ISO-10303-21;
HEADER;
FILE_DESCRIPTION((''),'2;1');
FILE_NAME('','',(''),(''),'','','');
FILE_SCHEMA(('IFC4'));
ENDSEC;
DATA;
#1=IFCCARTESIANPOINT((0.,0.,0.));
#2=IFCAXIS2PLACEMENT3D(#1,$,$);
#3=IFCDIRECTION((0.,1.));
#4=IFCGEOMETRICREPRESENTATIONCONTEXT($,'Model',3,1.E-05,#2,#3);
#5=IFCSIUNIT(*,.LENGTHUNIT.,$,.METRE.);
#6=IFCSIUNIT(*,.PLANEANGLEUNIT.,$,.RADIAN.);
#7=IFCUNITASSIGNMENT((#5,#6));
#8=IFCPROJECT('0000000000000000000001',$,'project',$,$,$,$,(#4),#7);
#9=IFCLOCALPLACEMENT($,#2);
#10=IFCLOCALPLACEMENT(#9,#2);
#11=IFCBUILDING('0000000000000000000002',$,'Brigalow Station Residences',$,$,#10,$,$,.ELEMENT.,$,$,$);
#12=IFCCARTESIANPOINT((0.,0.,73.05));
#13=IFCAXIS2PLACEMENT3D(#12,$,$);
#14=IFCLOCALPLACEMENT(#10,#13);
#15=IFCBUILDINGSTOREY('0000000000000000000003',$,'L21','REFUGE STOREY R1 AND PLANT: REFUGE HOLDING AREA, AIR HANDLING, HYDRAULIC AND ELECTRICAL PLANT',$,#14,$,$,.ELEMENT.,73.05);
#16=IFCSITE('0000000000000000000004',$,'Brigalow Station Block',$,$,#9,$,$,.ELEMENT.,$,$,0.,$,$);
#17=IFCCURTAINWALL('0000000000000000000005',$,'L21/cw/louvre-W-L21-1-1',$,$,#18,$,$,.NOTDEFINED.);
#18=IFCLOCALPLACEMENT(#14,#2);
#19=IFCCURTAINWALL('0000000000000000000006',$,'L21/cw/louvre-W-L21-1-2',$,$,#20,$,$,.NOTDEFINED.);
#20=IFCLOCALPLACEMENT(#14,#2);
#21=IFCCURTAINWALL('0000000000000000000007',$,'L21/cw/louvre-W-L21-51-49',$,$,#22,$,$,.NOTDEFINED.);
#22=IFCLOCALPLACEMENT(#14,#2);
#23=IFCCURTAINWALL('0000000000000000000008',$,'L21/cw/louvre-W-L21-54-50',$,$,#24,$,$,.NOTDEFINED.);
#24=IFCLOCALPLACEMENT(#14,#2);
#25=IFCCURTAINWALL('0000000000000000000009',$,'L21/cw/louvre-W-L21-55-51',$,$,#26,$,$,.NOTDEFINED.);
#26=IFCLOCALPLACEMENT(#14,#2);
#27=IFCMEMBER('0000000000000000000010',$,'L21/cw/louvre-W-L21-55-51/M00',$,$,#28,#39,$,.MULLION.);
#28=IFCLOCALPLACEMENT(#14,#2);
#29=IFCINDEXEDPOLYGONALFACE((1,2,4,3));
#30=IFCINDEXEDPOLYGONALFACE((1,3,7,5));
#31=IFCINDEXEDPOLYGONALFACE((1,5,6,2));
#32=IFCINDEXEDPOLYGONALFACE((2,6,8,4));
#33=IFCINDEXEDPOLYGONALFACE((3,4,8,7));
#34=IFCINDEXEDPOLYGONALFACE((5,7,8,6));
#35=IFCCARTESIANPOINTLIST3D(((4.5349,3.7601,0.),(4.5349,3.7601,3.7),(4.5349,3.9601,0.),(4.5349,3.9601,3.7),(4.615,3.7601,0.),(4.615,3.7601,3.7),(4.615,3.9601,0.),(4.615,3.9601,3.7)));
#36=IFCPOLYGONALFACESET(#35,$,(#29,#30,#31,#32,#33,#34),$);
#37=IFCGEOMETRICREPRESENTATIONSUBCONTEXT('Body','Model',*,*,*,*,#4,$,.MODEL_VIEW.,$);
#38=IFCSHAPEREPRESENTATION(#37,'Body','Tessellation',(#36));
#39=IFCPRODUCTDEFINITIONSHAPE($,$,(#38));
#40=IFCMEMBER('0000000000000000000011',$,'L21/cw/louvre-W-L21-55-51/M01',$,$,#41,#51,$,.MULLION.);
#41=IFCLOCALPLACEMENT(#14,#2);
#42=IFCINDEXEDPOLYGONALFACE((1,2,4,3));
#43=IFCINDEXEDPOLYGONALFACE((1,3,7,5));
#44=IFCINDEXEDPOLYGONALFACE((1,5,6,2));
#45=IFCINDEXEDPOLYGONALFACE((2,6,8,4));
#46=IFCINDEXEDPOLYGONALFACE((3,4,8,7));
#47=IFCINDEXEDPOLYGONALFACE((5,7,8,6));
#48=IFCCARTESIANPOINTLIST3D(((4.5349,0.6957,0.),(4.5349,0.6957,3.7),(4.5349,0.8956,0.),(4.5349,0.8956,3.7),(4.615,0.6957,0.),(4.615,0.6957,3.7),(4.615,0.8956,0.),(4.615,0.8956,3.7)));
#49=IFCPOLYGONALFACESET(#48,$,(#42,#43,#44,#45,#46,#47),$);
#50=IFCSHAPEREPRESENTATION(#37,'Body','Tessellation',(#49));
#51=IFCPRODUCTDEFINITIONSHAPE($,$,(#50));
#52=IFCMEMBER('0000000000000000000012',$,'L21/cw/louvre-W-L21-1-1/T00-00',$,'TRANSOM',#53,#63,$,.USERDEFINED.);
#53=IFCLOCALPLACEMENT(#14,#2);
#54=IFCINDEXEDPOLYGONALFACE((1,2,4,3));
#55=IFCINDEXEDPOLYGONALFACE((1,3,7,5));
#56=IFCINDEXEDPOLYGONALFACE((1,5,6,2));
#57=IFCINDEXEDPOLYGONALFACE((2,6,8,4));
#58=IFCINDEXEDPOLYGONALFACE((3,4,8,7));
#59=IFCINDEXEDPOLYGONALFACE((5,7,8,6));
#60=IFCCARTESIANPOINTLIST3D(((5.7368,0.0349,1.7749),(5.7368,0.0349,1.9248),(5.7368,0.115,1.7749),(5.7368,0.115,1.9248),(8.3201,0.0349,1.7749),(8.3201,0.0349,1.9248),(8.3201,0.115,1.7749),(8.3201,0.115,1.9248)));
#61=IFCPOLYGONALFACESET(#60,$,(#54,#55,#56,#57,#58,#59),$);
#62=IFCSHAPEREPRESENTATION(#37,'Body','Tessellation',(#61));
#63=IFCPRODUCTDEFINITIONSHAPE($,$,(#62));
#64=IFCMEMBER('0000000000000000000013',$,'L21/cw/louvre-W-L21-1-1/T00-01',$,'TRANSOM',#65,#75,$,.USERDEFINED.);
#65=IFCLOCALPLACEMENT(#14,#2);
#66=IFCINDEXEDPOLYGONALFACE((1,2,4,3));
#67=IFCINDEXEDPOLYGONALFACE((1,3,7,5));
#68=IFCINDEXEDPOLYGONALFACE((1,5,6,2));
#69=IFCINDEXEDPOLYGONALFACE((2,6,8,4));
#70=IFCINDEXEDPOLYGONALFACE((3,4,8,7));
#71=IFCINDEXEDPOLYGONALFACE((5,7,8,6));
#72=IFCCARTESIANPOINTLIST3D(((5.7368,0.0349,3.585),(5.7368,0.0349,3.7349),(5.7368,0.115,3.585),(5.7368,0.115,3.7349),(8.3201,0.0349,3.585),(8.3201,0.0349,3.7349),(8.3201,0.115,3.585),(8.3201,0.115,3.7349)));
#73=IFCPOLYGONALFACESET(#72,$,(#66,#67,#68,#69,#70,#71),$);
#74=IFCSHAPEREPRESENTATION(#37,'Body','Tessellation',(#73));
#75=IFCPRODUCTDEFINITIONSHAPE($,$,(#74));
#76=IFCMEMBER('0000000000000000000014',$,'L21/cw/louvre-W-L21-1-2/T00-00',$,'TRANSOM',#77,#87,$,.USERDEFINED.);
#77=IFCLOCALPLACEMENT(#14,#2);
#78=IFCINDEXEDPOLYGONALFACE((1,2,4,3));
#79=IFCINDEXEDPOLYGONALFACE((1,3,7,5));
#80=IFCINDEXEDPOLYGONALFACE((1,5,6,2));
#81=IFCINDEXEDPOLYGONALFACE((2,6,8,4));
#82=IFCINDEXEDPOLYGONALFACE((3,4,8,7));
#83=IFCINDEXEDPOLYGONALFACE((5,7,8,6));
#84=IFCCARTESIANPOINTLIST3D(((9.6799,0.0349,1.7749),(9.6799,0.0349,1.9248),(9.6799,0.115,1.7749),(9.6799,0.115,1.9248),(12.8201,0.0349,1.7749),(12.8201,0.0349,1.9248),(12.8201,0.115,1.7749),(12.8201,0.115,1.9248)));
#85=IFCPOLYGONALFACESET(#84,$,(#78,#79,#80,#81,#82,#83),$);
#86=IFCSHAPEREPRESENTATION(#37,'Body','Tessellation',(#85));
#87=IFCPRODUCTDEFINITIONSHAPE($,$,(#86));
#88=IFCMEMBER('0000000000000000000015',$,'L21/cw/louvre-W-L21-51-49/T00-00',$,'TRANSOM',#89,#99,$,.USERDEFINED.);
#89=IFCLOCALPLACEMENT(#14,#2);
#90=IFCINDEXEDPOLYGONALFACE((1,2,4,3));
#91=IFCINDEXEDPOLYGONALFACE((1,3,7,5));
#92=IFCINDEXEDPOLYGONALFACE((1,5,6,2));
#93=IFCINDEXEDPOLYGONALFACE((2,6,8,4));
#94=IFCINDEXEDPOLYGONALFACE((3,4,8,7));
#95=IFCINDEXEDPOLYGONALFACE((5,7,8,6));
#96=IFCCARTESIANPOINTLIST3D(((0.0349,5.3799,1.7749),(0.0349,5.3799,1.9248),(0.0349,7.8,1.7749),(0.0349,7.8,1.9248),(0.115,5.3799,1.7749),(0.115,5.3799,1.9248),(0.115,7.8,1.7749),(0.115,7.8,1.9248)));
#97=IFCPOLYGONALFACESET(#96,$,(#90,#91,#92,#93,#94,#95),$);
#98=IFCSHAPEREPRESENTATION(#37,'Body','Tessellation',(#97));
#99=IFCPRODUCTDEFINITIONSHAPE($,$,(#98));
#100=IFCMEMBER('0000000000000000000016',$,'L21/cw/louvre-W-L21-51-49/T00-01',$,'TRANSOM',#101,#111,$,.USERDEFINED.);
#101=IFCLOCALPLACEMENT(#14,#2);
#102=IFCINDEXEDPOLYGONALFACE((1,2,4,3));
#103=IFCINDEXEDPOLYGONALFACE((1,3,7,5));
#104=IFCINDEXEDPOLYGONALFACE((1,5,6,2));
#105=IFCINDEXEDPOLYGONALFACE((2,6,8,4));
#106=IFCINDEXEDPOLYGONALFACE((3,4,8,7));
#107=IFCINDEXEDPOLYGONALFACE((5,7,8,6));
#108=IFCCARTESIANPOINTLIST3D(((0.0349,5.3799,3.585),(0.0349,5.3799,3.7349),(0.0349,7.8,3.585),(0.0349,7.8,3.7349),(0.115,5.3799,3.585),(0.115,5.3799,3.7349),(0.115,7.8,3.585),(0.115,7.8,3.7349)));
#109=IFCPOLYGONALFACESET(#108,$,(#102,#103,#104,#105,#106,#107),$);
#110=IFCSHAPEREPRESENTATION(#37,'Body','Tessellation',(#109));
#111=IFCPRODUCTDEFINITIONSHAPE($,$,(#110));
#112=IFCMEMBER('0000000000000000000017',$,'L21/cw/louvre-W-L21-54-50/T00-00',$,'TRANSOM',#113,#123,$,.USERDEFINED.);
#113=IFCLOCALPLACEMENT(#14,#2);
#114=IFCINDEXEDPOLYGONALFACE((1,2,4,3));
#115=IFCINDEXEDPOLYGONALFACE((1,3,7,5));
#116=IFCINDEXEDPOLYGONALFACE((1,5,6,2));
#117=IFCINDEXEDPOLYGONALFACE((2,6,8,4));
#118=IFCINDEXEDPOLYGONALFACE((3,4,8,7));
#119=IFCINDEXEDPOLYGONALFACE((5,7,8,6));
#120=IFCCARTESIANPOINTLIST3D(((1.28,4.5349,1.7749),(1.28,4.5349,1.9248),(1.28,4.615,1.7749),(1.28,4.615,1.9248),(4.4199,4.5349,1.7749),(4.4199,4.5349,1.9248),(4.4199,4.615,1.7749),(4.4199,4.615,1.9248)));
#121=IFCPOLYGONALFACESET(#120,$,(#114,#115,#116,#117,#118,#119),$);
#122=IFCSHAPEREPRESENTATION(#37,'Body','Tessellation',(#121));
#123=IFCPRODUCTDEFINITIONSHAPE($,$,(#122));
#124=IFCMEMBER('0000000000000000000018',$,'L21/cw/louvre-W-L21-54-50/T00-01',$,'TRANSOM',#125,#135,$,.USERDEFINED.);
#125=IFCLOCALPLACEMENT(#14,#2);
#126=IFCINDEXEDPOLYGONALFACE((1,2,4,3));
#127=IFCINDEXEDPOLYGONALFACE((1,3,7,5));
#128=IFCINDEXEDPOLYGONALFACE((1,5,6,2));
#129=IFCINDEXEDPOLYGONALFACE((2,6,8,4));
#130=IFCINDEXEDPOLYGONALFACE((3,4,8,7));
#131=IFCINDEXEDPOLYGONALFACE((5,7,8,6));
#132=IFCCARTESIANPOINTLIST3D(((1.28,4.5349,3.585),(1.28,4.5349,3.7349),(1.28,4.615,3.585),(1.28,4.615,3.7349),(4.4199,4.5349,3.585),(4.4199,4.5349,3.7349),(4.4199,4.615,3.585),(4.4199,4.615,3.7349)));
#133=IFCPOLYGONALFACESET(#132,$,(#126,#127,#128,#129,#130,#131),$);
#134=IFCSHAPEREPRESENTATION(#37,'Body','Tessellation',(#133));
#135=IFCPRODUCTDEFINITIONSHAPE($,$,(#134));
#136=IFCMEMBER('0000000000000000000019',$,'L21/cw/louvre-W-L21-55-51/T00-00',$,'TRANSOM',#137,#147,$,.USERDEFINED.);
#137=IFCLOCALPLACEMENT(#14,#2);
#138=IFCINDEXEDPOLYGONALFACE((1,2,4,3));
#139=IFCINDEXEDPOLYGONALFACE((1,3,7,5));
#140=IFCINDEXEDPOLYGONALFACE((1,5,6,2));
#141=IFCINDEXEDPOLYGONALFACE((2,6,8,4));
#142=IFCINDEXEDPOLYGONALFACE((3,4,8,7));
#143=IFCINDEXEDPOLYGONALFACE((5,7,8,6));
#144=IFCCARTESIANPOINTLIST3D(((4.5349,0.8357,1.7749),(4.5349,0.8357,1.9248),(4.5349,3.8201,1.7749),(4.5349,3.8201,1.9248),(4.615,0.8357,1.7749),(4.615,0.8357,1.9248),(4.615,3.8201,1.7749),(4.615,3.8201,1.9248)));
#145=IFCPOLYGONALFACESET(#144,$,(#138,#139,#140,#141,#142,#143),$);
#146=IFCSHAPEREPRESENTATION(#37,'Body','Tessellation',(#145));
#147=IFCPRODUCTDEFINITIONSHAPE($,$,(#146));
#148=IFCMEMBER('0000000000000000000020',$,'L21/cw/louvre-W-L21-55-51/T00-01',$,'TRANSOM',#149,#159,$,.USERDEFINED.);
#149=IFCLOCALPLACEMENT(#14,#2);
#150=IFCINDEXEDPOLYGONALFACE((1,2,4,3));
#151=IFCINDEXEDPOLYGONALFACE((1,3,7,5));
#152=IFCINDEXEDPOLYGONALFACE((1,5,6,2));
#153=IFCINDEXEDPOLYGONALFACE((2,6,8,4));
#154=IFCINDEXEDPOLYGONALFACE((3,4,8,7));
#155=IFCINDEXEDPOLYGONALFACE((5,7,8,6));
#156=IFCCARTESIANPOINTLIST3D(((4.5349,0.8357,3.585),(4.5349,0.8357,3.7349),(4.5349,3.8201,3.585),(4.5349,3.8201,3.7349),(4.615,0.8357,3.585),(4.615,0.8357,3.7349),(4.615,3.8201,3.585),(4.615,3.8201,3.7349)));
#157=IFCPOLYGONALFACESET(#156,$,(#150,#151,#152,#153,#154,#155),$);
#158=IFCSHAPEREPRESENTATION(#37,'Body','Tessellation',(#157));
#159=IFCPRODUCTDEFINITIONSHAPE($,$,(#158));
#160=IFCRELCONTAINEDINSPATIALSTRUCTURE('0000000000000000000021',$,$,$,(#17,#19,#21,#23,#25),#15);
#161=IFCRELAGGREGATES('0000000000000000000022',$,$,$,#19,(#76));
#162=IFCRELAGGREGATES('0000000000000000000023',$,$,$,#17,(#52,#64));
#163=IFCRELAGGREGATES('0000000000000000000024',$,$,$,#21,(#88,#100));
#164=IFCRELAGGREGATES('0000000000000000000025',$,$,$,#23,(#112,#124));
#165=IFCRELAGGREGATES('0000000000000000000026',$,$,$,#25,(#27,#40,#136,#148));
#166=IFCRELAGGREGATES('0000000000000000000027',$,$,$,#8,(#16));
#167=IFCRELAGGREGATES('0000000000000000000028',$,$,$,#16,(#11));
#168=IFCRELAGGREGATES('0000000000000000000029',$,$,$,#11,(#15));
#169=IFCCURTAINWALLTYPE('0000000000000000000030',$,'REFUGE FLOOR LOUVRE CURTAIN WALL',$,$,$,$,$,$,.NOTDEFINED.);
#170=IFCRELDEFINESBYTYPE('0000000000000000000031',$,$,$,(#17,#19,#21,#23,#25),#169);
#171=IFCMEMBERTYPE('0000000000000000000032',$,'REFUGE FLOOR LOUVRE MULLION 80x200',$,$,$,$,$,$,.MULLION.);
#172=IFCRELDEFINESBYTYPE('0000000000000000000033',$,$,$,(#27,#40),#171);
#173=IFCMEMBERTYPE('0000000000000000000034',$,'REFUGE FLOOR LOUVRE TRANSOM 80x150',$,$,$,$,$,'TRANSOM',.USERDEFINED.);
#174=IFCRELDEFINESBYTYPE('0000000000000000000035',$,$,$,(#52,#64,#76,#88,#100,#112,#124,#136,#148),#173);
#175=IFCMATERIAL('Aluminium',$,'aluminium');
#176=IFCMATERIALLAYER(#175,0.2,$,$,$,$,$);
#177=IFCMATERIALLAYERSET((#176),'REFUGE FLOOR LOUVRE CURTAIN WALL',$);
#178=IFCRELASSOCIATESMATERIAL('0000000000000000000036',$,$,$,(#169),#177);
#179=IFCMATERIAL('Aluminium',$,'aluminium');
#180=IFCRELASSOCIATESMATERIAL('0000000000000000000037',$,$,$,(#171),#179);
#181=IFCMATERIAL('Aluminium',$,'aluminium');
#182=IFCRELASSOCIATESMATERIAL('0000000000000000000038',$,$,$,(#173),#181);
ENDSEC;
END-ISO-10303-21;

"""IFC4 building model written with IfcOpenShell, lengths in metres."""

from ifc_helpers import new_model, si_unit, direction, frame, origin, origin_2d, place, context, subcontext, project, spatial, rectangle, extrude, material, layer, layer_set, material_profile, profile_set, type_object, element, aggregate, save


model = new_model("IFC4")

# Units and contexts
model_context = context("Model", 3, precision=1e-05, world=origin(), true_north=direction((0.0, 1.0)))
body_context = subcontext(model_context, "Body", "Model", "MODEL_VIEW")
ifc_project = project(units=[si_unit("LENGTHUNIT", "METRE"), si_unit("PLANEANGLEUNIT", "RADIAN")], contexts=[model_context])

# Site, building, storey
site_placement = place(None, origin())
site = spatial("IfcSite", under=ifc_project, at=site_placement, Name="Brigalow Station Block", CompositionType="ELEMENT", RefElevation=0.0)
building_placement = place(site_placement, origin())
building = spatial("IfcBuilding", under=site, at=building_placement, Name="Brigalow Station Residences", CompositionType="ELEMENT")
storey_placement = place(building_placement, frame((0.0, 0.0, 73.05)))
storey = spatial("IfcBuildingStorey", under=building, at=storey_placement, Name="L21", Description="REFUGE STOREY R1 AND PLANT: REFUGE HOLDING AREA, AIR HANDLING, HYDRAULIC AND ELECTRICAL PLANT", CompositionType="ELEMENT", Elevation=73.05)

# Curtain wall
ifc_material_1 = material(Name="Aluminium", Category="aluminium")
ifc_layer_1 = layer(ifc_material_1, 0.2)
ifc_layer_set_1 = layer_set([ifc_layer_1], Name="REFUGE FLOOR LOUVRE CURTAIN WALL")
curtain_wall_type = type_object("IfcCurtainWallType", Name="REFUGE FLOOR LOUVRE CURTAIN WALL", PredefinedType="NOTDEFINED", material=ifc_layer_set_1)
curtain_wall_1_placement = place(storey_placement, origin())
curtain_wall_1 = element("IfcCurtainWall", 1, at=curtain_wall_1_placement, inside=storey, type_object=curtain_wall_type, Name="L21/cw/louvre-W-L21-1-1", PredefinedType="NOTDEFINED")
ifc_material_2 = material(Name="Aluminium", Category="aluminium")
ifc_material_profile_1 = material_profile(ifc_material_2, rectangle(XDim=0.0801, YDim=0.2, at=origin_2d()), Name="REFUGE FLOOR LOUVRE MULLION 80x200")
ifc_profile_set_1 = profile_set([ifc_material_profile_1], Name="Aluminium")
member_type_1 = type_object("IfcMemberType", Name="REFUGE FLOOR LOUVRE MULLION 80x200", PredefinedType="MULLION", material=ifc_profile_set_1)

# Curtain wall
curtain_wall_2_placement = place(storey_placement, origin())
curtain_wall_2 = element("IfcCurtainWall", 2, at=curtain_wall_2_placement, inside=storey, type_object=curtain_wall_type, Name="L21/cw/louvre-W-L21-1-2", PredefinedType="NOTDEFINED")

# Curtain walls, members
curtain_wall_3_placement = place(storey_placement, origin())
curtain_wall_3 = element("IfcCurtainWall", 3, at=curtain_wall_3_placement, inside=storey, type_object=curtain_wall_type, Name="L21/cw/louvre-W-L21-51-49", PredefinedType="NOTDEFINED")
curtain_wall_4_placement = place(storey_placement, origin())
curtain_wall_4 = element("IfcCurtainWall", 4, at=curtain_wall_4_placement, inside=storey, type_object=curtain_wall_type, Name="L21/cw/louvre-W-L21-54-50", PredefinedType="NOTDEFINED")
curtain_wall_5_placement = place(storey_placement, origin())
curtain_wall_5 = element("IfcCurtainWall", 5, at=curtain_wall_5_placement, inside=storey, type_object=curtain_wall_type, Name="L21/cw/louvre-W-L21-55-51", PredefinedType="NOTDEFINED")
member_1_placement = place(storey_placement, frame((4.575, 3.8601, 0.0), z_axis=(0.0, 0.0, 1.0), x_axis=(1.0, 0.0, 0.0)))
member_1 = element("IfcMember", 6, at=member_1_placement, type_object=member_type_1, Name="L21/cw/louvre-W-L21-55-51/M00", PredefinedType="MULLION", context=body_context, shape_type="SweptSolid", body=[
    extrude(rectangle(XDim=0.0801, YDim=0.2, at=origin_2d()), origin(), (0.0, 0.0, 1.0), 3.7),
])
member_2_placement = place(storey_placement, frame((4.575, 0.7957, 0.0), z_axis=(0.0, 0.0, 1.0), x_axis=(1.0, 0.0, 0.0)))
member_2 = element("IfcMember", 7, at=member_2_placement, type_object=member_type_1, Name="L21/cw/louvre-W-L21-55-51/M01", PredefinedType="MULLION", context=body_context, shape_type="SweptSolid", body=[
    extrude(rectangle(XDim=0.0801, YDim=0.2, at=origin_2d()), origin(), (0.0, 0.0, 1.0), 3.7),
])

# Members
ifc_material_3 = material(Name="Aluminium", Category="aluminium")
ifc_material_profile_2 = material_profile(ifc_material_3, rectangle(XDim=0.0801, YDim=0.1499, at=origin_2d()), Name="REFUGE FLOOR LOUVRE TRANSOM 80x150")
ifc_profile_set_2 = profile_set([ifc_material_profile_2], Name="Aluminium")
member_type_2 = type_object("IfcMemberType", Name="REFUGE FLOOR LOUVRE TRANSOM 80x150", ElementType="TRANSOM", PredefinedType="USERDEFINED", material=ifc_profile_set_2)
member_3_placement = place(storey_placement, frame((5.7368, 0.075, 1.8499), z_axis=(1.0, 0.0, 0.0), x_axis=(0.0, 1.0, 0.0)))
member_3 = element("IfcMember", 8, at=member_3_placement, type_object=member_type_2, Name="L21/cw/louvre-W-L21-1-1/T00-00", ObjectType="TRANSOM", PredefinedType="USERDEFINED", context=body_context, shape_type="SweptSolid", body=[
    extrude(rectangle(XDim=0.0801, YDim=0.1499, at=origin_2d()), origin(), (0.0, 0.0, 1.0), 2.5833),
])
member_4_placement = place(storey_placement, frame((5.7368, 0.075, 3.6599), z_axis=(1.0, 0.0, 0.0), x_axis=(0.0, 1.0, 0.0)))
member_4 = element("IfcMember", 9, at=member_4_placement, type_object=member_type_2, Name="L21/cw/louvre-W-L21-1-1/T00-01", ObjectType="TRANSOM", PredefinedType="USERDEFINED", context=body_context, shape_type="SweptSolid", body=[
    extrude(rectangle(XDim=0.0801, YDim=0.1499, at=origin_2d()), origin(), (0.0, 0.0, 1.0), 2.5833),
])
member_5_placement = place(storey_placement, frame((9.6799, 0.075, 1.8499), z_axis=(1.0, 0.0, 0.0), x_axis=(0.0, 1.0, 0.0)))
member_5 = element("IfcMember", 10, at=member_5_placement, type_object=member_type_2, Name="L21/cw/louvre-W-L21-1-2/T00-00", ObjectType="TRANSOM", PredefinedType="USERDEFINED", context=body_context, shape_type="SweptSolid", body=[
    extrude(rectangle(XDim=0.0801, YDim=0.1499, at=origin_2d()), origin(), (0.0, 0.0, 1.0), 3.1401),
])
aggregate(curtain_wall_2, [member_5])
member_6_placement = place(storey_placement, frame((0.075, 7.8, 1.8499), z_axis=(0.0, -1.0, 0.0), x_axis=(1.0, 0.0, 0.0)))
member_6 = element("IfcMember", 11, at=member_6_placement, type_object=member_type_2, Name="L21/cw/louvre-W-L21-51-49/T00-00", ObjectType="TRANSOM", PredefinedType="USERDEFINED", context=body_context, shape_type="SweptSolid", body=[
    extrude(rectangle(XDim=0.0801, YDim=0.1499, at=origin_2d()), origin(), (0.0, 0.0, 1.0), 2.4202),
])
member_7_placement = place(storey_placement, frame((0.075, 7.8, 3.6599), z_axis=(0.0, -1.0, 0.0), x_axis=(1.0, 0.0, 0.0)))
member_7 = element("IfcMember", 12, at=member_7_placement, type_object=member_type_2, Name="L21/cw/louvre-W-L21-51-49/T00-01", ObjectType="TRANSOM", PredefinedType="USERDEFINED", context=body_context, shape_type="SweptSolid", body=[
    extrude(rectangle(XDim=0.0801, YDim=0.1499, at=origin_2d()), origin(), (0.0, 0.0, 1.0), 2.4202),
])
member_8_placement = place(storey_placement, frame((1.28, 4.575, 1.8499), z_axis=(1.0, 0.0, 0.0), x_axis=(0.0, 1.0, 0.0)))
member_8 = element("IfcMember", 13, at=member_8_placement, type_object=member_type_2, Name="L21/cw/louvre-W-L21-54-50/T00-00", ObjectType="TRANSOM", PredefinedType="USERDEFINED", context=body_context, shape_type="SweptSolid", body=[
    extrude(rectangle(XDim=0.0801, YDim=0.1499, at=origin_2d()), origin(), (0.0, 0.0, 1.0), 3.1399),
])
member_9_placement = place(storey_placement, frame((1.28, 4.575, 3.6599), z_axis=(1.0, 0.0, 0.0), x_axis=(0.0, 1.0, 0.0)))
member_9 = element("IfcMember", 14, at=member_9_placement, type_object=member_type_2, Name="L21/cw/louvre-W-L21-54-50/T00-01", ObjectType="TRANSOM", PredefinedType="USERDEFINED", context=body_context, shape_type="SweptSolid", body=[
    extrude(rectangle(XDim=0.0801, YDim=0.1499, at=origin_2d()), origin(), (0.0, 0.0, 1.0), 3.1399),
])
member_10_placement = place(storey_placement, frame((4.575, 3.8201, 1.8499), z_axis=(0.0, -1.0, 0.0), x_axis=(1.0, 0.0, 0.0)))
member_10 = element("IfcMember", 15, at=member_10_placement, type_object=member_type_2, Name="L21/cw/louvre-W-L21-55-51/T00-00", ObjectType="TRANSOM", PredefinedType="USERDEFINED", context=body_context, shape_type="SweptSolid", body=[
    extrude(rectangle(XDim=0.0801, YDim=0.1499, at=origin_2d()), origin(), (0.0, 0.0, 1.0), 2.9844),
])
member_11_placement = place(storey_placement, frame((4.575, 3.8201, 3.6599), z_axis=(0.0, -1.0, 0.0), x_axis=(1.0, 0.0, 0.0)))
member_11 = element("IfcMember", 16, at=member_11_placement, type_object=member_type_2, Name="L21/cw/louvre-W-L21-55-51/T00-01", ObjectType="TRANSOM", PredefinedType="USERDEFINED", context=body_context, shape_type="SweptSolid", body=[
    extrude(rectangle(XDim=0.0801, YDim=0.1499, at=origin_2d()), origin(), (0.0, 0.0, 1.0), 2.9844),
])

aggregate(curtain_wall_1, [member_3, member_4])
aggregate(curtain_wall_3, [member_6, member_7])
aggregate(curtain_wall_4, [member_8, member_9])
aggregate(curtain_wall_5, [member_1, member_2, member_10, member_11])

save(model, "model.ifc")
